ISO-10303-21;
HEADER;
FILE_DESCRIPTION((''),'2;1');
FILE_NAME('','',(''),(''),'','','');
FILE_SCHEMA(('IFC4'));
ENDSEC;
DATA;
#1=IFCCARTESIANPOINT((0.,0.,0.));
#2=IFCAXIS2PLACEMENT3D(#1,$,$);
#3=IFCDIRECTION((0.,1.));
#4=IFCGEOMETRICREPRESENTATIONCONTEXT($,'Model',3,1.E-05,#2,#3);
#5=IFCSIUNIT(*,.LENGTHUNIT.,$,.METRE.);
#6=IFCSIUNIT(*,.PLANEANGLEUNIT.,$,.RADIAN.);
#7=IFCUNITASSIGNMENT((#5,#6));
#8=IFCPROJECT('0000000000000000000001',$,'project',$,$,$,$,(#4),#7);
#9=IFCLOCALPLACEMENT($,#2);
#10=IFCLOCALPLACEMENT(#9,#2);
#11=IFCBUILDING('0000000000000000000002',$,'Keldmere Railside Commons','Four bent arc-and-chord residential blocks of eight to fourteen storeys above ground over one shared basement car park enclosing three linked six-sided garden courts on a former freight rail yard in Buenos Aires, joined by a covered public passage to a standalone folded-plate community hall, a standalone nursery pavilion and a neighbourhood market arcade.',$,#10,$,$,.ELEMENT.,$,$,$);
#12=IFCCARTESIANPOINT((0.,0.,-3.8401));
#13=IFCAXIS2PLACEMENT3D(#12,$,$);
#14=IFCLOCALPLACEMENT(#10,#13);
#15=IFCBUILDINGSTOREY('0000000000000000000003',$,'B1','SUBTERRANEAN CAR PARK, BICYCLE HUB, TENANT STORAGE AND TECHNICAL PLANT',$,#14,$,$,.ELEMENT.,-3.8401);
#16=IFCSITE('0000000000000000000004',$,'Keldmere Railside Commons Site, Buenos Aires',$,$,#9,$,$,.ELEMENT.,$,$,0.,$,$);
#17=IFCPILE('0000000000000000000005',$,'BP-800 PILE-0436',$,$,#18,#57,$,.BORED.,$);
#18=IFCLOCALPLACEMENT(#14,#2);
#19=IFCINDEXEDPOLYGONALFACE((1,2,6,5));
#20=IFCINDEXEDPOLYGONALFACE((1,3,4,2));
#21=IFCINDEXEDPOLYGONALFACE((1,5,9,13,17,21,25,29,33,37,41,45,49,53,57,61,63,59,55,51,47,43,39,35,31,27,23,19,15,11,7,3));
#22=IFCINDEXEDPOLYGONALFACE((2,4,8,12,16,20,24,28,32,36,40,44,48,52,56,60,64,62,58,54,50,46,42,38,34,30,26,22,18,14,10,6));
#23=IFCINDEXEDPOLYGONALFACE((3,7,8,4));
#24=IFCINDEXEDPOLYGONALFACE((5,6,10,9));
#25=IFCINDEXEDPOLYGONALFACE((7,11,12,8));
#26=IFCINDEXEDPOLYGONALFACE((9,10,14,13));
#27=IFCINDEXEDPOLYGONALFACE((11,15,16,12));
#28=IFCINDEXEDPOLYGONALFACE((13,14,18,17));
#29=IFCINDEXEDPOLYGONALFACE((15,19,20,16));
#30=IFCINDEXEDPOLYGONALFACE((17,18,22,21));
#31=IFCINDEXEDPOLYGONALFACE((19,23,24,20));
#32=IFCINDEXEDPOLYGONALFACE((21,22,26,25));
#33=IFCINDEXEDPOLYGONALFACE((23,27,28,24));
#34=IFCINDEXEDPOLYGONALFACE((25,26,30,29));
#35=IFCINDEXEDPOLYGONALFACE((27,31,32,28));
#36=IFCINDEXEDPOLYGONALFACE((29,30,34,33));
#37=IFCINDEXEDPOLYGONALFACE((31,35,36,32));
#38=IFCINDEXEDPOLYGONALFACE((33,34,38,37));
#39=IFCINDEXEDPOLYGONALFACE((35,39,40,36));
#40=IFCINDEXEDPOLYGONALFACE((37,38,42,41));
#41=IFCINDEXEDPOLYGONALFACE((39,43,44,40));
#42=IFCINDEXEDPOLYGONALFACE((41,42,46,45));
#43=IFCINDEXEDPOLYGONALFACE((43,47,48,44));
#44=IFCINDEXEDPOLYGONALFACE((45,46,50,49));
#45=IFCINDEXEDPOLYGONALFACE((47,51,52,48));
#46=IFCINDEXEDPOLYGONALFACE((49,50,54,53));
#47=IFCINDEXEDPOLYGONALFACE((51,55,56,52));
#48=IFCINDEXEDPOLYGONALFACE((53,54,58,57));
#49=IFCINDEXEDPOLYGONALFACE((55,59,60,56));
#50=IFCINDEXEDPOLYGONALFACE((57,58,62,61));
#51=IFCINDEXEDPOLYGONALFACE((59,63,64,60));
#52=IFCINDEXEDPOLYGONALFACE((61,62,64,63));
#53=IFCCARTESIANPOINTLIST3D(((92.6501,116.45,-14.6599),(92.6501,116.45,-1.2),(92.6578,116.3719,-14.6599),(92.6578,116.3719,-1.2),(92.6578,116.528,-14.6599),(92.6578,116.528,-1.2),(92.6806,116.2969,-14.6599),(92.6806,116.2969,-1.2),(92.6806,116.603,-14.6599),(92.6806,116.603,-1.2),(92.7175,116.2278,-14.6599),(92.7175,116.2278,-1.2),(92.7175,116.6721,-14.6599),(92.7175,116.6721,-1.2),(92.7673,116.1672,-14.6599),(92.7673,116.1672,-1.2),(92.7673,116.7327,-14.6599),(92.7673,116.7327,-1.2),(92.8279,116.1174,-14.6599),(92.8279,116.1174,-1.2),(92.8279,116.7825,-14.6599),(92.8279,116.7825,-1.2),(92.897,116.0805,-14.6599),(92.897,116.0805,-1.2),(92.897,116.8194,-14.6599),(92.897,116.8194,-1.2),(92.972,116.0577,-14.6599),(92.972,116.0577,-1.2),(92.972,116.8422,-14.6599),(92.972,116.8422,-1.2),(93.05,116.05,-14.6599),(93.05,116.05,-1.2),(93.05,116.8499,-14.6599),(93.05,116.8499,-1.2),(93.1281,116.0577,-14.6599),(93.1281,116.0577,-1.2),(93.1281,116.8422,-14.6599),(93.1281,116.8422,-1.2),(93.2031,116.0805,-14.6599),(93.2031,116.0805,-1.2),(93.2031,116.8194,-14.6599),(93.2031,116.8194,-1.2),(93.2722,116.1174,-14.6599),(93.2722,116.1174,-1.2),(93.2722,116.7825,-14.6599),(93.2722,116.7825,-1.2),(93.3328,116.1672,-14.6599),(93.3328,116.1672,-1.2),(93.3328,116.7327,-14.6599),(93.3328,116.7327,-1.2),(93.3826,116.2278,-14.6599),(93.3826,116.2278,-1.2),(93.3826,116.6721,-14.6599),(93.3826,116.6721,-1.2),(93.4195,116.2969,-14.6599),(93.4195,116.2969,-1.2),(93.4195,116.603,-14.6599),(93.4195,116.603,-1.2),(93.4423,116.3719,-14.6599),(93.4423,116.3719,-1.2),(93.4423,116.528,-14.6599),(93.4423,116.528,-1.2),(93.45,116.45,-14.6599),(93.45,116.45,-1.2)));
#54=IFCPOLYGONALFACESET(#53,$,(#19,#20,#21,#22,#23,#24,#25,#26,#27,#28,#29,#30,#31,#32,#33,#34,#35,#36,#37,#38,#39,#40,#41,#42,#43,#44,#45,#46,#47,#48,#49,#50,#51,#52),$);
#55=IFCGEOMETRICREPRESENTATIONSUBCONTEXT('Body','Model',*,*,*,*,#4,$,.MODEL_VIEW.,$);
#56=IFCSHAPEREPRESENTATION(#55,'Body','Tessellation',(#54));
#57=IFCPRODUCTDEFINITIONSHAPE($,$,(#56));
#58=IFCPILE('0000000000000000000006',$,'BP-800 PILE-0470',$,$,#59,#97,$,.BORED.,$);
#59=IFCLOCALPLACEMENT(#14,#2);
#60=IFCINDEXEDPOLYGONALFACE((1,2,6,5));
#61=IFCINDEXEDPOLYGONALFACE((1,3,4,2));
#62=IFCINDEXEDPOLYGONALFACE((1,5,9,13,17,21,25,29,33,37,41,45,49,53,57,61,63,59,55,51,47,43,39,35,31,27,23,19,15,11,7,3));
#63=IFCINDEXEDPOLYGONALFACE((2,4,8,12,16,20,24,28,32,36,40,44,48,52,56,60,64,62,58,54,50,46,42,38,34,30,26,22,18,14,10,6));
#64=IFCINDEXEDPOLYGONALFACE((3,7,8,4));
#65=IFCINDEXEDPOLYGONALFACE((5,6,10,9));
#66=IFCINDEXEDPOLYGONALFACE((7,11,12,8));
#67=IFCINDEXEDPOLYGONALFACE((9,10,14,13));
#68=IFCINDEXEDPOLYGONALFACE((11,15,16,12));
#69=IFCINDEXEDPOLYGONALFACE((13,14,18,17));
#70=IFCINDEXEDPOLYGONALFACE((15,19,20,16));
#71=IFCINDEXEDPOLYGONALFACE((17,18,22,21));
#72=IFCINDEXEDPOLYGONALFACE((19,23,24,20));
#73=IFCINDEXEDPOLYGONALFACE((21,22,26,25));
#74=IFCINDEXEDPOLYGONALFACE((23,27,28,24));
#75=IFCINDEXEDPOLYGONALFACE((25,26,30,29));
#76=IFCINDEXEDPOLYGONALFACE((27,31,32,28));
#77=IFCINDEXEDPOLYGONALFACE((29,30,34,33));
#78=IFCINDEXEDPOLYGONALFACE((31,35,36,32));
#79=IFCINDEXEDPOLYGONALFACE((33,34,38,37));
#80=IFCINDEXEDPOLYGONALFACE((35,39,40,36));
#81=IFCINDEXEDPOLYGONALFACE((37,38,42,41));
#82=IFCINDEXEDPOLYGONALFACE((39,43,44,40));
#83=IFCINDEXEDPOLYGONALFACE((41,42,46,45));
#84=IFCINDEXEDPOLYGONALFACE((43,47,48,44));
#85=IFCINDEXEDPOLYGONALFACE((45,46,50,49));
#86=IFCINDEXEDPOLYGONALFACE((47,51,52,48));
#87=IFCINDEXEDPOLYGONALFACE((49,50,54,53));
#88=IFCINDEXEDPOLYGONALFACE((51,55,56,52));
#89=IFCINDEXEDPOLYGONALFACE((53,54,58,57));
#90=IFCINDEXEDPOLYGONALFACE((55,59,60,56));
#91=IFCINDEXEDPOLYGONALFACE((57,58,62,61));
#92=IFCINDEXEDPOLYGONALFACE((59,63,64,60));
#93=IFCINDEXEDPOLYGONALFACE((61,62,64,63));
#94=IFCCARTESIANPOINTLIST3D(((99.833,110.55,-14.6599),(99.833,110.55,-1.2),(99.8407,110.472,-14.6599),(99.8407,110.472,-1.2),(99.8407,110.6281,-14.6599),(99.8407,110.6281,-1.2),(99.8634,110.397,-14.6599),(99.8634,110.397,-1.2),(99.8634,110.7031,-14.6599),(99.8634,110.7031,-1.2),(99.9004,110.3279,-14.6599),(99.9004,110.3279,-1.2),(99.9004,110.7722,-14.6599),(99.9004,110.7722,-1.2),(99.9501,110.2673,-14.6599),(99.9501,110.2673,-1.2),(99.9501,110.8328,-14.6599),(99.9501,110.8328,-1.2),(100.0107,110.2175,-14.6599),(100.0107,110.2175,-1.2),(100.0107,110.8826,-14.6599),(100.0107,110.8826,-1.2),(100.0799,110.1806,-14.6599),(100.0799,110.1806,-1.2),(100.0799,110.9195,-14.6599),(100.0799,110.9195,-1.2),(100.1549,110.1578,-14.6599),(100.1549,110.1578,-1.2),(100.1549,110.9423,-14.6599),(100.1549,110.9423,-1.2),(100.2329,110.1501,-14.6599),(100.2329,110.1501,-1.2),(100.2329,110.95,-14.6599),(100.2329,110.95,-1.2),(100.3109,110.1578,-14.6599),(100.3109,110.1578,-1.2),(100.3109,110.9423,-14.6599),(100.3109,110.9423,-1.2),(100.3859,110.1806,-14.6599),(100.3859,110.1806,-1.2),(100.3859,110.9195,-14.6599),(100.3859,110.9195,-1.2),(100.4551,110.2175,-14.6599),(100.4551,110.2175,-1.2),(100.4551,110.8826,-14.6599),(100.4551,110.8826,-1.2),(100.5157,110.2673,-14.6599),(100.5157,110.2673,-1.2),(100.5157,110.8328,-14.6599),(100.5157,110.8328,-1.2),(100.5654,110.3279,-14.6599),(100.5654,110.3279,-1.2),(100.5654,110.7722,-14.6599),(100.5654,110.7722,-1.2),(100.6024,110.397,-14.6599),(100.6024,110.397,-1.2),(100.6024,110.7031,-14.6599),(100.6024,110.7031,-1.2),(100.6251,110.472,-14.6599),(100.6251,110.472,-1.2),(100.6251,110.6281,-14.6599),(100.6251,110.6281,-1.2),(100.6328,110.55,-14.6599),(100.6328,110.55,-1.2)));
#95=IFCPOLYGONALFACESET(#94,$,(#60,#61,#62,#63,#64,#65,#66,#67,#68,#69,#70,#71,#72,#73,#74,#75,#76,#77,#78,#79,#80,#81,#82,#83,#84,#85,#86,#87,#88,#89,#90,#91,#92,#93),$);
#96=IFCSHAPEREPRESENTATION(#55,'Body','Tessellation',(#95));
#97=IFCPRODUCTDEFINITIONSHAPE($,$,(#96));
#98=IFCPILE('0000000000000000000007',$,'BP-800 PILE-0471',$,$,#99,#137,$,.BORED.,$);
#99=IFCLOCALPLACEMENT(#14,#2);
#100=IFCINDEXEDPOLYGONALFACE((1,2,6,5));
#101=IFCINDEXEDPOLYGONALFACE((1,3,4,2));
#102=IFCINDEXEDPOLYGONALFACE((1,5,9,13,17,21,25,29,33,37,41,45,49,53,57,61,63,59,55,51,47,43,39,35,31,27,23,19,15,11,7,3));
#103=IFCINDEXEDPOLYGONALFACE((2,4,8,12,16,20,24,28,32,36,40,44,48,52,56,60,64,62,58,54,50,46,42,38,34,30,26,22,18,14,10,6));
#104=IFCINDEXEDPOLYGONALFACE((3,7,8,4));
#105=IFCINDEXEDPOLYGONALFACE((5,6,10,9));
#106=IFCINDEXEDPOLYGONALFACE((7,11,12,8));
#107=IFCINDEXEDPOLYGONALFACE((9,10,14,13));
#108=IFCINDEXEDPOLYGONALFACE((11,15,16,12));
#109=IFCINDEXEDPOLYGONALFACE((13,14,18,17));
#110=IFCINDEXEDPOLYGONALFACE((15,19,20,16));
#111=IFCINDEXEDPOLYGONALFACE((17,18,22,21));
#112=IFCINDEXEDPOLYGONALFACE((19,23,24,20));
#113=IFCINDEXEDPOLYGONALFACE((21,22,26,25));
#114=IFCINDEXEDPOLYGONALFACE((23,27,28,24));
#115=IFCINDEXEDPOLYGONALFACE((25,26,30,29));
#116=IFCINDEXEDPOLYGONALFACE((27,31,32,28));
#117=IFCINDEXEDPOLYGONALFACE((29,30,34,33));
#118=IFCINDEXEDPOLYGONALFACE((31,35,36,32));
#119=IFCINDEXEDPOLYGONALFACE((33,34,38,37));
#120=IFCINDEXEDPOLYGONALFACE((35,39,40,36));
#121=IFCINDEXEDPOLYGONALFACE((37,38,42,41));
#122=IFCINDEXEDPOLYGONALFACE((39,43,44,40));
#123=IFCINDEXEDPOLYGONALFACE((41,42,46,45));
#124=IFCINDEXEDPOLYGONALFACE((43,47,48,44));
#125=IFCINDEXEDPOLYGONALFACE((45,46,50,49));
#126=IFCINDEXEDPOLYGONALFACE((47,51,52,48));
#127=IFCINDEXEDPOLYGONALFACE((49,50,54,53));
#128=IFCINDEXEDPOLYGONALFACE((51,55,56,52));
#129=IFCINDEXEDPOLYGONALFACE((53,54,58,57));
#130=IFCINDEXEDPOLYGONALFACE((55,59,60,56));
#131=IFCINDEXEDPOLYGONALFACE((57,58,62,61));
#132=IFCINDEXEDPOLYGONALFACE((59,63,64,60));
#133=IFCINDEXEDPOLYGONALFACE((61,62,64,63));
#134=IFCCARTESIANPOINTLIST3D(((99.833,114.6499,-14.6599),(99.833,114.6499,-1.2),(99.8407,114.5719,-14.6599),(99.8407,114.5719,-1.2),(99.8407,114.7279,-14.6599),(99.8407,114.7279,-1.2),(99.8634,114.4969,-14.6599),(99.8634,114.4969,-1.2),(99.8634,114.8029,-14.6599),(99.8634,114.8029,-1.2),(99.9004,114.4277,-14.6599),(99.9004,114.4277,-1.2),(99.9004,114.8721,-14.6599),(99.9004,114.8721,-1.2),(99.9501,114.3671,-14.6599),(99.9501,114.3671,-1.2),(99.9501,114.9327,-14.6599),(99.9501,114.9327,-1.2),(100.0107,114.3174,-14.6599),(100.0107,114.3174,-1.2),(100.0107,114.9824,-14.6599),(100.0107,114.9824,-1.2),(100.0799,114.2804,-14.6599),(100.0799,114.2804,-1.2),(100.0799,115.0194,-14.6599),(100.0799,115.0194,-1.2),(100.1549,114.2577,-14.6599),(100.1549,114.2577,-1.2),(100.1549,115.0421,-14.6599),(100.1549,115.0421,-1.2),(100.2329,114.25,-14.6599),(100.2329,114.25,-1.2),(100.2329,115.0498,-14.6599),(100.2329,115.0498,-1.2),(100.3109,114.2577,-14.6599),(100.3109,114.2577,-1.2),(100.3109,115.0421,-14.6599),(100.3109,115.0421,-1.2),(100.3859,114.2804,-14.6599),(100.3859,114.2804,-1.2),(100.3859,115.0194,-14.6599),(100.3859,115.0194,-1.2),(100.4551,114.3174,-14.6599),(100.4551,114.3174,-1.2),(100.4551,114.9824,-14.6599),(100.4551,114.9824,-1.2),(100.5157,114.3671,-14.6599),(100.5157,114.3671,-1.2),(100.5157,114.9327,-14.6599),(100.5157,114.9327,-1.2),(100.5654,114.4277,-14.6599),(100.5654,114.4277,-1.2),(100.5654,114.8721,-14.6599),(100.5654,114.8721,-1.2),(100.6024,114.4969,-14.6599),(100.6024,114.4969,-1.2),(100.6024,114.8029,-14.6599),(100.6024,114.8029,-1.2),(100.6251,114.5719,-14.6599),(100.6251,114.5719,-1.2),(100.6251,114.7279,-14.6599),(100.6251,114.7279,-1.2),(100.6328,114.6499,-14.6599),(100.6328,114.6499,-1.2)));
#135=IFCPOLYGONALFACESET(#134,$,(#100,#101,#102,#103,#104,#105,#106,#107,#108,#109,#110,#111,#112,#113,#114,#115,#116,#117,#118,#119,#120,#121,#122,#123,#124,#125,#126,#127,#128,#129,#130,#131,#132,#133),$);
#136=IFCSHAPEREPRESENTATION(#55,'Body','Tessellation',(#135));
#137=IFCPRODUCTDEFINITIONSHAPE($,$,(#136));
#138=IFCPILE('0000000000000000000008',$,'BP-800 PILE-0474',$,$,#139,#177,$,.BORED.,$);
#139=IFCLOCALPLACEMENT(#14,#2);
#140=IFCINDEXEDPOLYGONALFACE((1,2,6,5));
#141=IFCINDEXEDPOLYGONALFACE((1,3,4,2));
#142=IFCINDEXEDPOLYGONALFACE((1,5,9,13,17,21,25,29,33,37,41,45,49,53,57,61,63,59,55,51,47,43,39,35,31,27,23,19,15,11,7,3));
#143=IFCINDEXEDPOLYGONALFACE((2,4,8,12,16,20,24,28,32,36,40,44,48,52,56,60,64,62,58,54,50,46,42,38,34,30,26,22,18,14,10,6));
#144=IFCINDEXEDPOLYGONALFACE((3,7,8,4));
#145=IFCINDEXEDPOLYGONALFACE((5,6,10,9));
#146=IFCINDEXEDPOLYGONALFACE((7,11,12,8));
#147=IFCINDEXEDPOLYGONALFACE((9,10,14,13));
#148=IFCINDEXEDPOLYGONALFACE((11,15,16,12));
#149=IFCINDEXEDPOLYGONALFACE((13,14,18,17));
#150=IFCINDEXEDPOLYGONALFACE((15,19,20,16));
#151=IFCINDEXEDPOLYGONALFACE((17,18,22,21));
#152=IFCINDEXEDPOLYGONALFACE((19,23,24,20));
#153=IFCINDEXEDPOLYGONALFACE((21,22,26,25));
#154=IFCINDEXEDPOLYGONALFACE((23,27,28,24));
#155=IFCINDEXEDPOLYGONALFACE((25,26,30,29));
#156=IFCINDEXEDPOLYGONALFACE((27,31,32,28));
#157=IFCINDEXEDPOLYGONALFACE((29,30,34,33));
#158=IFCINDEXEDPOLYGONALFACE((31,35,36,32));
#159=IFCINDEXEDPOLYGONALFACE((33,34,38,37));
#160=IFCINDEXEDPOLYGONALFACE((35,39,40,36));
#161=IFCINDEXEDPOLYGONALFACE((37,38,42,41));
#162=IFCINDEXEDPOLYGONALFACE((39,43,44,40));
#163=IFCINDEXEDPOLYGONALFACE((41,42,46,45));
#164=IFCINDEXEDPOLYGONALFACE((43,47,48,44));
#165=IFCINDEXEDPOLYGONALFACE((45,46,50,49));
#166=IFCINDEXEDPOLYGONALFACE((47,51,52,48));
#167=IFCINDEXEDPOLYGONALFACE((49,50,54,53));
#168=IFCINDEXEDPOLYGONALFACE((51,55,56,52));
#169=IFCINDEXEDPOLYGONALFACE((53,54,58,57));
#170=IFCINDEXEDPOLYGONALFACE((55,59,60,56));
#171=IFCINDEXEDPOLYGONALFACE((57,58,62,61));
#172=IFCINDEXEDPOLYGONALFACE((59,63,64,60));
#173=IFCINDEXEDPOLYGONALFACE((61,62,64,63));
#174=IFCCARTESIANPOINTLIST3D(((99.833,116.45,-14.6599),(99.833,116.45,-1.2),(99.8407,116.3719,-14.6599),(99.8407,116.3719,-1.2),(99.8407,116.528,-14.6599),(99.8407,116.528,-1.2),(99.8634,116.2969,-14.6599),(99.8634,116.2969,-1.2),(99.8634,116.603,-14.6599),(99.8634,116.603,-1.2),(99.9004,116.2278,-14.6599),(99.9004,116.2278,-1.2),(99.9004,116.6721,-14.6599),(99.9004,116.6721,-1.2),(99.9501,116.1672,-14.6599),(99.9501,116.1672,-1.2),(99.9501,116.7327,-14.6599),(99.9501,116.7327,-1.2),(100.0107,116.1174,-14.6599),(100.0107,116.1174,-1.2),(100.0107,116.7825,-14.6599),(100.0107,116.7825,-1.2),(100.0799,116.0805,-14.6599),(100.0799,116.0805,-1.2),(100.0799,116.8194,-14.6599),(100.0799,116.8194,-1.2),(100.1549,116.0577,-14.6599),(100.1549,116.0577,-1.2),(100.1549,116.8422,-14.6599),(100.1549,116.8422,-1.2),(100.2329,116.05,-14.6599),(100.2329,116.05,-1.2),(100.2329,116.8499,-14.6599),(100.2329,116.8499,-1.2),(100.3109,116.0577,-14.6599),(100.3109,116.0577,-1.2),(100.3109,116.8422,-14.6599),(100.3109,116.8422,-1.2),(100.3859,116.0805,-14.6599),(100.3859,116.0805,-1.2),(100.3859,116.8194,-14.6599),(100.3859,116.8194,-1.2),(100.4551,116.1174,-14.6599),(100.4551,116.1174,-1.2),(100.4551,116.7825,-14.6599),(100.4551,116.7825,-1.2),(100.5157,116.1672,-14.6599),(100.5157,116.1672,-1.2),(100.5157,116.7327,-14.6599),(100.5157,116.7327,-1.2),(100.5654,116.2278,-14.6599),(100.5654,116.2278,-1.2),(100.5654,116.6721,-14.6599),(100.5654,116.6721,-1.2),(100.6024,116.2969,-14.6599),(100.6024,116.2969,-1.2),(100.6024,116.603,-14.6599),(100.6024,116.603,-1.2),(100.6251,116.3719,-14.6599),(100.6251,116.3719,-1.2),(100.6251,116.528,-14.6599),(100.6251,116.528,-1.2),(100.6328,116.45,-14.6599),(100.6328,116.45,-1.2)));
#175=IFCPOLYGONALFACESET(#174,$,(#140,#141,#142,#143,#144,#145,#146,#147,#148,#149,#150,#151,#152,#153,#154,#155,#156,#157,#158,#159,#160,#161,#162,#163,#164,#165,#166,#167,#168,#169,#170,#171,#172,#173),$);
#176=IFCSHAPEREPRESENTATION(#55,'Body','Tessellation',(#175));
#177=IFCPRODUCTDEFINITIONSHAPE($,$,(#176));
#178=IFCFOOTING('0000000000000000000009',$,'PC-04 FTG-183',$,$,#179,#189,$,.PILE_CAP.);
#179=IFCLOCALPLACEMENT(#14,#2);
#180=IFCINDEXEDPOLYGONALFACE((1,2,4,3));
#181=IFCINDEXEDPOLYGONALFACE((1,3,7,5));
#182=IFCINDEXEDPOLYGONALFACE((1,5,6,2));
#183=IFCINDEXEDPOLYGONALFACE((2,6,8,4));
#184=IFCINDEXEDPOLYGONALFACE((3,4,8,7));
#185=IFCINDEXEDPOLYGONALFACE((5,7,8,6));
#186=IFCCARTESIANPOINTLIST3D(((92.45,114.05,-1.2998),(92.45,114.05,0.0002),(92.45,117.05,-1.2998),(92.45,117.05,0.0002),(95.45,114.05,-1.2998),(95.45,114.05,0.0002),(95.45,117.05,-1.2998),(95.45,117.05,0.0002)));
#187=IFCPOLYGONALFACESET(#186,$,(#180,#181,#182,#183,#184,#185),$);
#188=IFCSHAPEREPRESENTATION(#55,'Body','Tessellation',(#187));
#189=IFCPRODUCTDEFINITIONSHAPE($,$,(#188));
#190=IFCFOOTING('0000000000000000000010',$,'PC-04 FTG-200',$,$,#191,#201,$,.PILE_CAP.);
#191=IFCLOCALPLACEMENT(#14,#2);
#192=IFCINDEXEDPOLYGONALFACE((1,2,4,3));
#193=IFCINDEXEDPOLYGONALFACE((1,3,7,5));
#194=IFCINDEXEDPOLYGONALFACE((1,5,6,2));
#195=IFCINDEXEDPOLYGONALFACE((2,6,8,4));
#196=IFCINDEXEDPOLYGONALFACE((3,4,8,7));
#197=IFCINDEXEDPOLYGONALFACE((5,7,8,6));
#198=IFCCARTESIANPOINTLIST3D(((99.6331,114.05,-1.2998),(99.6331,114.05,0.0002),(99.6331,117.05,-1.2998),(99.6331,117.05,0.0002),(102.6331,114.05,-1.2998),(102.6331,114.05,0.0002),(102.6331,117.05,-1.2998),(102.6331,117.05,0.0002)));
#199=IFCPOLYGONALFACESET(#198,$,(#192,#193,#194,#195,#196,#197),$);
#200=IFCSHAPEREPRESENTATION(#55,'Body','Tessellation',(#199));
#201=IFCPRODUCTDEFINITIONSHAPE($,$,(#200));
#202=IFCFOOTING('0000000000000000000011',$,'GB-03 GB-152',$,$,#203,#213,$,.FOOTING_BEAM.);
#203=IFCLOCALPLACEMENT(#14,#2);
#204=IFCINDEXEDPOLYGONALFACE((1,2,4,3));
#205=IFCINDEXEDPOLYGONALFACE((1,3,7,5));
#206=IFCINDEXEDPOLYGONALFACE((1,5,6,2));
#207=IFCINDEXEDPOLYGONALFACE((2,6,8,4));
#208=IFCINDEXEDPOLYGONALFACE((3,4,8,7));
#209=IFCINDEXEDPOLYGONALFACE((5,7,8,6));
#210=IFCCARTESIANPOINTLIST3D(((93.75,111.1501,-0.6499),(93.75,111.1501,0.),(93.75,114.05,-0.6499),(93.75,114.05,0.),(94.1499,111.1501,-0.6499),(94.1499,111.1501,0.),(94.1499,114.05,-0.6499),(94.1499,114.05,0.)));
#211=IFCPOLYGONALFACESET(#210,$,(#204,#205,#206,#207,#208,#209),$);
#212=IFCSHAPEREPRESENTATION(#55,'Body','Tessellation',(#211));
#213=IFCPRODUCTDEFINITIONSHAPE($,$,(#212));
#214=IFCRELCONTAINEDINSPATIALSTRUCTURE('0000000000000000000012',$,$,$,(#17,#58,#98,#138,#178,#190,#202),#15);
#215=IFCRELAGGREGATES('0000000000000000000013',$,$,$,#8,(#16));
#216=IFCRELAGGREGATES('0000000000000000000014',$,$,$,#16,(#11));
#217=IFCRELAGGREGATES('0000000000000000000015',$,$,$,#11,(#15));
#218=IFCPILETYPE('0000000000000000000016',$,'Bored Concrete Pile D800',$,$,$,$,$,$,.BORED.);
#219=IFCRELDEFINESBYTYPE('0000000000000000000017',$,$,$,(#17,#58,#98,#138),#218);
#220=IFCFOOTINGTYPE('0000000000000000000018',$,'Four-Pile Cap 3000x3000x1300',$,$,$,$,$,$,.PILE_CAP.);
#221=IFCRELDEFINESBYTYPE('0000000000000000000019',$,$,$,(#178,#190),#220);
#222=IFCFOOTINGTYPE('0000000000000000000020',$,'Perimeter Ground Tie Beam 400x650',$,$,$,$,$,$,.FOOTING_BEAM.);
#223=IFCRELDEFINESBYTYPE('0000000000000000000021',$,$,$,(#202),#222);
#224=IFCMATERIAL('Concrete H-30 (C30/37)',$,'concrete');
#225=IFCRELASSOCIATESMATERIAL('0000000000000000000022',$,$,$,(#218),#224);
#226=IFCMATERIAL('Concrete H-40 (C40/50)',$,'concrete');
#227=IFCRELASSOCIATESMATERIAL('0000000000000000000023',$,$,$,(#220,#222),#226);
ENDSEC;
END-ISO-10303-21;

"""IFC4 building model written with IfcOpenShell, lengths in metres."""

from ifc_helpers import new_model, si_unit, direction, frame, origin, origin_2d, place, context, subcontext, project, spatial, rectangle, circle, extrude, material, material_profile, profile_set, type_object, element, save


model = new_model("IFC4")

# Units and contexts
model_context = context("Model", 3, precision=1e-05, world=origin(), true_north=direction((0.0, 1.0)))
body_context = subcontext(model_context, "Body", "Model", "MODEL_VIEW")
ifc_project = project(units=[si_unit("LENGTHUNIT", "METRE"), si_unit("PLANEANGLEUNIT", "RADIAN")], contexts=[model_context])

# Site, building, storey
site_placement = place(None, origin())
site = spatial("IfcSite", under=ifc_project, at=site_placement, Name="Keldmere Railside Commons Site, Buenos Aires", CompositionType="ELEMENT", RefElevation=0.0)
building_placement = place(site_placement, origin())
building = spatial("IfcBuilding", under=site, at=building_placement, Name="Keldmere Railside Commons", Description="Four bent arc-and-chord residential blocks of eight to fourteen storeys above ground over one shared basement car park enclosing three linked six-sided garden courts on a former freight rail yard in Buenos Aires, joined by a covered public passage to a standalone folded-plate community hall, a standalone nursery pavilion and a neighbourhood market arcade.", CompositionType="ELEMENT")
storey_placement = place(building_placement, frame((0.0, 0.0, -3.8401)))
storey = spatial("IfcBuildingStorey", under=building, at=storey_placement, Name="B1", Description="SUBTERRANEAN CAR PARK, BICYCLE HUB, TENANT STORAGE AND TECHNICAL PLANT", CompositionType="ELEMENT", Elevation=-3.8401)

# Piles
ifc_material_1 = material(Name="Concrete H-30 (C30/37)", Category="concrete")
ifc_material_profile_1 = material_profile(ifc_material_1, circle(Radius=0.3999, at=origin_2d()), Name="PILE-D800")
ifc_profile_set_1 = profile_set([ifc_material_profile_1], Name="Concrete H-30 (C30/37)")
pile_type = type_object("IfcPileType", Name="Bored Concrete Pile D800", PredefinedType="BORED", material=ifc_profile_set_1)
for number, where, z_axis, x_axis, name in (
    (1, (93.05, 116.45, -1.2), (0.0, 0.0, -1.0), (1.0, 0.0, 0.0), "BP-800 PILE-0436"),
    (2, (100.2329, 110.55, -1.2), (0.0, 0.0, -1.0), (1.0, 0.0, 0.0), "BP-800 PILE-0470"),
    (3, (100.2329, 114.6499, -1.2), (0.0, 0.0, -1.0), (1.0, 0.0, 0.0), "BP-800 PILE-0471"),
    (4, (100.2329, 116.45, -1.2), (0.0, 0.0, -1.0), (1.0, 0.0, 0.0), "BP-800 PILE-0474"),
):
    element("IfcPile", number, at=place(storey_placement, frame(where, z_axis=z_axis, x_axis=x_axis)), inside=storey, type_object=pile_type, Name=name, PredefinedType="BORED", context=body_context, shape_type="SweptSolid", body=[
        extrude(circle(Radius=0.3999, at=origin_2d()), origin(), (0.0, 0.0, 1.0), 13.46),
    ])

# Footings
ifc_material_2 = material(Name="Concrete H-40 (C40/50)", Category="concrete")
footing_type_1 = type_object("IfcFootingType", Name="Four-Pile Cap 3000x3000x1300", PredefinedType="PILE_CAP", material=ifc_material_2)
for number, where, z_axis, x_axis, name in (
    (5, (93.95, 115.55, -1.2998), (0.0, 0.0, 1.0), (1.0, 0.0, 0.0), "PC-04 FTG-183"),
    (6, (101.1331, 115.55, -1.2998), (0.0, 0.0, 1.0), (1.0, 0.0, 0.0), "PC-04 FTG-200"),
):
    element("IfcFooting", number, at=place(storey_placement, frame(where, z_axis=z_axis, x_axis=x_axis)), inside=storey, type_object=footing_type_1, Name=name, PredefinedType="PILE_CAP", context=body_context, shape_type="SweptSolid", body=[
        extrude(rectangle(XDim=3.0, YDim=3.0, at=origin_2d()), origin(), (0.0, 0.0, 1.0), 1.3),
    ])
footing_type_2 = type_object("IfcFootingType", Name="Perimeter Ground Tie Beam 400x650", PredefinedType="FOOTING_BEAM", material=ifc_material_2)
footing_1_placement = place(storey_placement, frame((93.95, 112.6001, -0.6499), z_axis=(0.0, 0.0, 1.0), x_axis=(0.0, 1.0, 0.0)))
element("IfcFooting", 7, at=footing_1_placement, inside=storey, type_object=footing_type_2, Name="GB-03 GB-152", PredefinedType="FOOTING_BEAM", context=body_context, shape_type="SweptSolid", body=[
    extrude(rectangle(XDim=2.8999, YDim=0.3999, at=origin_2d()), origin(), (0.0, 0.0, 1.0), 0.6499),
])

save(model, "model.ifc")
